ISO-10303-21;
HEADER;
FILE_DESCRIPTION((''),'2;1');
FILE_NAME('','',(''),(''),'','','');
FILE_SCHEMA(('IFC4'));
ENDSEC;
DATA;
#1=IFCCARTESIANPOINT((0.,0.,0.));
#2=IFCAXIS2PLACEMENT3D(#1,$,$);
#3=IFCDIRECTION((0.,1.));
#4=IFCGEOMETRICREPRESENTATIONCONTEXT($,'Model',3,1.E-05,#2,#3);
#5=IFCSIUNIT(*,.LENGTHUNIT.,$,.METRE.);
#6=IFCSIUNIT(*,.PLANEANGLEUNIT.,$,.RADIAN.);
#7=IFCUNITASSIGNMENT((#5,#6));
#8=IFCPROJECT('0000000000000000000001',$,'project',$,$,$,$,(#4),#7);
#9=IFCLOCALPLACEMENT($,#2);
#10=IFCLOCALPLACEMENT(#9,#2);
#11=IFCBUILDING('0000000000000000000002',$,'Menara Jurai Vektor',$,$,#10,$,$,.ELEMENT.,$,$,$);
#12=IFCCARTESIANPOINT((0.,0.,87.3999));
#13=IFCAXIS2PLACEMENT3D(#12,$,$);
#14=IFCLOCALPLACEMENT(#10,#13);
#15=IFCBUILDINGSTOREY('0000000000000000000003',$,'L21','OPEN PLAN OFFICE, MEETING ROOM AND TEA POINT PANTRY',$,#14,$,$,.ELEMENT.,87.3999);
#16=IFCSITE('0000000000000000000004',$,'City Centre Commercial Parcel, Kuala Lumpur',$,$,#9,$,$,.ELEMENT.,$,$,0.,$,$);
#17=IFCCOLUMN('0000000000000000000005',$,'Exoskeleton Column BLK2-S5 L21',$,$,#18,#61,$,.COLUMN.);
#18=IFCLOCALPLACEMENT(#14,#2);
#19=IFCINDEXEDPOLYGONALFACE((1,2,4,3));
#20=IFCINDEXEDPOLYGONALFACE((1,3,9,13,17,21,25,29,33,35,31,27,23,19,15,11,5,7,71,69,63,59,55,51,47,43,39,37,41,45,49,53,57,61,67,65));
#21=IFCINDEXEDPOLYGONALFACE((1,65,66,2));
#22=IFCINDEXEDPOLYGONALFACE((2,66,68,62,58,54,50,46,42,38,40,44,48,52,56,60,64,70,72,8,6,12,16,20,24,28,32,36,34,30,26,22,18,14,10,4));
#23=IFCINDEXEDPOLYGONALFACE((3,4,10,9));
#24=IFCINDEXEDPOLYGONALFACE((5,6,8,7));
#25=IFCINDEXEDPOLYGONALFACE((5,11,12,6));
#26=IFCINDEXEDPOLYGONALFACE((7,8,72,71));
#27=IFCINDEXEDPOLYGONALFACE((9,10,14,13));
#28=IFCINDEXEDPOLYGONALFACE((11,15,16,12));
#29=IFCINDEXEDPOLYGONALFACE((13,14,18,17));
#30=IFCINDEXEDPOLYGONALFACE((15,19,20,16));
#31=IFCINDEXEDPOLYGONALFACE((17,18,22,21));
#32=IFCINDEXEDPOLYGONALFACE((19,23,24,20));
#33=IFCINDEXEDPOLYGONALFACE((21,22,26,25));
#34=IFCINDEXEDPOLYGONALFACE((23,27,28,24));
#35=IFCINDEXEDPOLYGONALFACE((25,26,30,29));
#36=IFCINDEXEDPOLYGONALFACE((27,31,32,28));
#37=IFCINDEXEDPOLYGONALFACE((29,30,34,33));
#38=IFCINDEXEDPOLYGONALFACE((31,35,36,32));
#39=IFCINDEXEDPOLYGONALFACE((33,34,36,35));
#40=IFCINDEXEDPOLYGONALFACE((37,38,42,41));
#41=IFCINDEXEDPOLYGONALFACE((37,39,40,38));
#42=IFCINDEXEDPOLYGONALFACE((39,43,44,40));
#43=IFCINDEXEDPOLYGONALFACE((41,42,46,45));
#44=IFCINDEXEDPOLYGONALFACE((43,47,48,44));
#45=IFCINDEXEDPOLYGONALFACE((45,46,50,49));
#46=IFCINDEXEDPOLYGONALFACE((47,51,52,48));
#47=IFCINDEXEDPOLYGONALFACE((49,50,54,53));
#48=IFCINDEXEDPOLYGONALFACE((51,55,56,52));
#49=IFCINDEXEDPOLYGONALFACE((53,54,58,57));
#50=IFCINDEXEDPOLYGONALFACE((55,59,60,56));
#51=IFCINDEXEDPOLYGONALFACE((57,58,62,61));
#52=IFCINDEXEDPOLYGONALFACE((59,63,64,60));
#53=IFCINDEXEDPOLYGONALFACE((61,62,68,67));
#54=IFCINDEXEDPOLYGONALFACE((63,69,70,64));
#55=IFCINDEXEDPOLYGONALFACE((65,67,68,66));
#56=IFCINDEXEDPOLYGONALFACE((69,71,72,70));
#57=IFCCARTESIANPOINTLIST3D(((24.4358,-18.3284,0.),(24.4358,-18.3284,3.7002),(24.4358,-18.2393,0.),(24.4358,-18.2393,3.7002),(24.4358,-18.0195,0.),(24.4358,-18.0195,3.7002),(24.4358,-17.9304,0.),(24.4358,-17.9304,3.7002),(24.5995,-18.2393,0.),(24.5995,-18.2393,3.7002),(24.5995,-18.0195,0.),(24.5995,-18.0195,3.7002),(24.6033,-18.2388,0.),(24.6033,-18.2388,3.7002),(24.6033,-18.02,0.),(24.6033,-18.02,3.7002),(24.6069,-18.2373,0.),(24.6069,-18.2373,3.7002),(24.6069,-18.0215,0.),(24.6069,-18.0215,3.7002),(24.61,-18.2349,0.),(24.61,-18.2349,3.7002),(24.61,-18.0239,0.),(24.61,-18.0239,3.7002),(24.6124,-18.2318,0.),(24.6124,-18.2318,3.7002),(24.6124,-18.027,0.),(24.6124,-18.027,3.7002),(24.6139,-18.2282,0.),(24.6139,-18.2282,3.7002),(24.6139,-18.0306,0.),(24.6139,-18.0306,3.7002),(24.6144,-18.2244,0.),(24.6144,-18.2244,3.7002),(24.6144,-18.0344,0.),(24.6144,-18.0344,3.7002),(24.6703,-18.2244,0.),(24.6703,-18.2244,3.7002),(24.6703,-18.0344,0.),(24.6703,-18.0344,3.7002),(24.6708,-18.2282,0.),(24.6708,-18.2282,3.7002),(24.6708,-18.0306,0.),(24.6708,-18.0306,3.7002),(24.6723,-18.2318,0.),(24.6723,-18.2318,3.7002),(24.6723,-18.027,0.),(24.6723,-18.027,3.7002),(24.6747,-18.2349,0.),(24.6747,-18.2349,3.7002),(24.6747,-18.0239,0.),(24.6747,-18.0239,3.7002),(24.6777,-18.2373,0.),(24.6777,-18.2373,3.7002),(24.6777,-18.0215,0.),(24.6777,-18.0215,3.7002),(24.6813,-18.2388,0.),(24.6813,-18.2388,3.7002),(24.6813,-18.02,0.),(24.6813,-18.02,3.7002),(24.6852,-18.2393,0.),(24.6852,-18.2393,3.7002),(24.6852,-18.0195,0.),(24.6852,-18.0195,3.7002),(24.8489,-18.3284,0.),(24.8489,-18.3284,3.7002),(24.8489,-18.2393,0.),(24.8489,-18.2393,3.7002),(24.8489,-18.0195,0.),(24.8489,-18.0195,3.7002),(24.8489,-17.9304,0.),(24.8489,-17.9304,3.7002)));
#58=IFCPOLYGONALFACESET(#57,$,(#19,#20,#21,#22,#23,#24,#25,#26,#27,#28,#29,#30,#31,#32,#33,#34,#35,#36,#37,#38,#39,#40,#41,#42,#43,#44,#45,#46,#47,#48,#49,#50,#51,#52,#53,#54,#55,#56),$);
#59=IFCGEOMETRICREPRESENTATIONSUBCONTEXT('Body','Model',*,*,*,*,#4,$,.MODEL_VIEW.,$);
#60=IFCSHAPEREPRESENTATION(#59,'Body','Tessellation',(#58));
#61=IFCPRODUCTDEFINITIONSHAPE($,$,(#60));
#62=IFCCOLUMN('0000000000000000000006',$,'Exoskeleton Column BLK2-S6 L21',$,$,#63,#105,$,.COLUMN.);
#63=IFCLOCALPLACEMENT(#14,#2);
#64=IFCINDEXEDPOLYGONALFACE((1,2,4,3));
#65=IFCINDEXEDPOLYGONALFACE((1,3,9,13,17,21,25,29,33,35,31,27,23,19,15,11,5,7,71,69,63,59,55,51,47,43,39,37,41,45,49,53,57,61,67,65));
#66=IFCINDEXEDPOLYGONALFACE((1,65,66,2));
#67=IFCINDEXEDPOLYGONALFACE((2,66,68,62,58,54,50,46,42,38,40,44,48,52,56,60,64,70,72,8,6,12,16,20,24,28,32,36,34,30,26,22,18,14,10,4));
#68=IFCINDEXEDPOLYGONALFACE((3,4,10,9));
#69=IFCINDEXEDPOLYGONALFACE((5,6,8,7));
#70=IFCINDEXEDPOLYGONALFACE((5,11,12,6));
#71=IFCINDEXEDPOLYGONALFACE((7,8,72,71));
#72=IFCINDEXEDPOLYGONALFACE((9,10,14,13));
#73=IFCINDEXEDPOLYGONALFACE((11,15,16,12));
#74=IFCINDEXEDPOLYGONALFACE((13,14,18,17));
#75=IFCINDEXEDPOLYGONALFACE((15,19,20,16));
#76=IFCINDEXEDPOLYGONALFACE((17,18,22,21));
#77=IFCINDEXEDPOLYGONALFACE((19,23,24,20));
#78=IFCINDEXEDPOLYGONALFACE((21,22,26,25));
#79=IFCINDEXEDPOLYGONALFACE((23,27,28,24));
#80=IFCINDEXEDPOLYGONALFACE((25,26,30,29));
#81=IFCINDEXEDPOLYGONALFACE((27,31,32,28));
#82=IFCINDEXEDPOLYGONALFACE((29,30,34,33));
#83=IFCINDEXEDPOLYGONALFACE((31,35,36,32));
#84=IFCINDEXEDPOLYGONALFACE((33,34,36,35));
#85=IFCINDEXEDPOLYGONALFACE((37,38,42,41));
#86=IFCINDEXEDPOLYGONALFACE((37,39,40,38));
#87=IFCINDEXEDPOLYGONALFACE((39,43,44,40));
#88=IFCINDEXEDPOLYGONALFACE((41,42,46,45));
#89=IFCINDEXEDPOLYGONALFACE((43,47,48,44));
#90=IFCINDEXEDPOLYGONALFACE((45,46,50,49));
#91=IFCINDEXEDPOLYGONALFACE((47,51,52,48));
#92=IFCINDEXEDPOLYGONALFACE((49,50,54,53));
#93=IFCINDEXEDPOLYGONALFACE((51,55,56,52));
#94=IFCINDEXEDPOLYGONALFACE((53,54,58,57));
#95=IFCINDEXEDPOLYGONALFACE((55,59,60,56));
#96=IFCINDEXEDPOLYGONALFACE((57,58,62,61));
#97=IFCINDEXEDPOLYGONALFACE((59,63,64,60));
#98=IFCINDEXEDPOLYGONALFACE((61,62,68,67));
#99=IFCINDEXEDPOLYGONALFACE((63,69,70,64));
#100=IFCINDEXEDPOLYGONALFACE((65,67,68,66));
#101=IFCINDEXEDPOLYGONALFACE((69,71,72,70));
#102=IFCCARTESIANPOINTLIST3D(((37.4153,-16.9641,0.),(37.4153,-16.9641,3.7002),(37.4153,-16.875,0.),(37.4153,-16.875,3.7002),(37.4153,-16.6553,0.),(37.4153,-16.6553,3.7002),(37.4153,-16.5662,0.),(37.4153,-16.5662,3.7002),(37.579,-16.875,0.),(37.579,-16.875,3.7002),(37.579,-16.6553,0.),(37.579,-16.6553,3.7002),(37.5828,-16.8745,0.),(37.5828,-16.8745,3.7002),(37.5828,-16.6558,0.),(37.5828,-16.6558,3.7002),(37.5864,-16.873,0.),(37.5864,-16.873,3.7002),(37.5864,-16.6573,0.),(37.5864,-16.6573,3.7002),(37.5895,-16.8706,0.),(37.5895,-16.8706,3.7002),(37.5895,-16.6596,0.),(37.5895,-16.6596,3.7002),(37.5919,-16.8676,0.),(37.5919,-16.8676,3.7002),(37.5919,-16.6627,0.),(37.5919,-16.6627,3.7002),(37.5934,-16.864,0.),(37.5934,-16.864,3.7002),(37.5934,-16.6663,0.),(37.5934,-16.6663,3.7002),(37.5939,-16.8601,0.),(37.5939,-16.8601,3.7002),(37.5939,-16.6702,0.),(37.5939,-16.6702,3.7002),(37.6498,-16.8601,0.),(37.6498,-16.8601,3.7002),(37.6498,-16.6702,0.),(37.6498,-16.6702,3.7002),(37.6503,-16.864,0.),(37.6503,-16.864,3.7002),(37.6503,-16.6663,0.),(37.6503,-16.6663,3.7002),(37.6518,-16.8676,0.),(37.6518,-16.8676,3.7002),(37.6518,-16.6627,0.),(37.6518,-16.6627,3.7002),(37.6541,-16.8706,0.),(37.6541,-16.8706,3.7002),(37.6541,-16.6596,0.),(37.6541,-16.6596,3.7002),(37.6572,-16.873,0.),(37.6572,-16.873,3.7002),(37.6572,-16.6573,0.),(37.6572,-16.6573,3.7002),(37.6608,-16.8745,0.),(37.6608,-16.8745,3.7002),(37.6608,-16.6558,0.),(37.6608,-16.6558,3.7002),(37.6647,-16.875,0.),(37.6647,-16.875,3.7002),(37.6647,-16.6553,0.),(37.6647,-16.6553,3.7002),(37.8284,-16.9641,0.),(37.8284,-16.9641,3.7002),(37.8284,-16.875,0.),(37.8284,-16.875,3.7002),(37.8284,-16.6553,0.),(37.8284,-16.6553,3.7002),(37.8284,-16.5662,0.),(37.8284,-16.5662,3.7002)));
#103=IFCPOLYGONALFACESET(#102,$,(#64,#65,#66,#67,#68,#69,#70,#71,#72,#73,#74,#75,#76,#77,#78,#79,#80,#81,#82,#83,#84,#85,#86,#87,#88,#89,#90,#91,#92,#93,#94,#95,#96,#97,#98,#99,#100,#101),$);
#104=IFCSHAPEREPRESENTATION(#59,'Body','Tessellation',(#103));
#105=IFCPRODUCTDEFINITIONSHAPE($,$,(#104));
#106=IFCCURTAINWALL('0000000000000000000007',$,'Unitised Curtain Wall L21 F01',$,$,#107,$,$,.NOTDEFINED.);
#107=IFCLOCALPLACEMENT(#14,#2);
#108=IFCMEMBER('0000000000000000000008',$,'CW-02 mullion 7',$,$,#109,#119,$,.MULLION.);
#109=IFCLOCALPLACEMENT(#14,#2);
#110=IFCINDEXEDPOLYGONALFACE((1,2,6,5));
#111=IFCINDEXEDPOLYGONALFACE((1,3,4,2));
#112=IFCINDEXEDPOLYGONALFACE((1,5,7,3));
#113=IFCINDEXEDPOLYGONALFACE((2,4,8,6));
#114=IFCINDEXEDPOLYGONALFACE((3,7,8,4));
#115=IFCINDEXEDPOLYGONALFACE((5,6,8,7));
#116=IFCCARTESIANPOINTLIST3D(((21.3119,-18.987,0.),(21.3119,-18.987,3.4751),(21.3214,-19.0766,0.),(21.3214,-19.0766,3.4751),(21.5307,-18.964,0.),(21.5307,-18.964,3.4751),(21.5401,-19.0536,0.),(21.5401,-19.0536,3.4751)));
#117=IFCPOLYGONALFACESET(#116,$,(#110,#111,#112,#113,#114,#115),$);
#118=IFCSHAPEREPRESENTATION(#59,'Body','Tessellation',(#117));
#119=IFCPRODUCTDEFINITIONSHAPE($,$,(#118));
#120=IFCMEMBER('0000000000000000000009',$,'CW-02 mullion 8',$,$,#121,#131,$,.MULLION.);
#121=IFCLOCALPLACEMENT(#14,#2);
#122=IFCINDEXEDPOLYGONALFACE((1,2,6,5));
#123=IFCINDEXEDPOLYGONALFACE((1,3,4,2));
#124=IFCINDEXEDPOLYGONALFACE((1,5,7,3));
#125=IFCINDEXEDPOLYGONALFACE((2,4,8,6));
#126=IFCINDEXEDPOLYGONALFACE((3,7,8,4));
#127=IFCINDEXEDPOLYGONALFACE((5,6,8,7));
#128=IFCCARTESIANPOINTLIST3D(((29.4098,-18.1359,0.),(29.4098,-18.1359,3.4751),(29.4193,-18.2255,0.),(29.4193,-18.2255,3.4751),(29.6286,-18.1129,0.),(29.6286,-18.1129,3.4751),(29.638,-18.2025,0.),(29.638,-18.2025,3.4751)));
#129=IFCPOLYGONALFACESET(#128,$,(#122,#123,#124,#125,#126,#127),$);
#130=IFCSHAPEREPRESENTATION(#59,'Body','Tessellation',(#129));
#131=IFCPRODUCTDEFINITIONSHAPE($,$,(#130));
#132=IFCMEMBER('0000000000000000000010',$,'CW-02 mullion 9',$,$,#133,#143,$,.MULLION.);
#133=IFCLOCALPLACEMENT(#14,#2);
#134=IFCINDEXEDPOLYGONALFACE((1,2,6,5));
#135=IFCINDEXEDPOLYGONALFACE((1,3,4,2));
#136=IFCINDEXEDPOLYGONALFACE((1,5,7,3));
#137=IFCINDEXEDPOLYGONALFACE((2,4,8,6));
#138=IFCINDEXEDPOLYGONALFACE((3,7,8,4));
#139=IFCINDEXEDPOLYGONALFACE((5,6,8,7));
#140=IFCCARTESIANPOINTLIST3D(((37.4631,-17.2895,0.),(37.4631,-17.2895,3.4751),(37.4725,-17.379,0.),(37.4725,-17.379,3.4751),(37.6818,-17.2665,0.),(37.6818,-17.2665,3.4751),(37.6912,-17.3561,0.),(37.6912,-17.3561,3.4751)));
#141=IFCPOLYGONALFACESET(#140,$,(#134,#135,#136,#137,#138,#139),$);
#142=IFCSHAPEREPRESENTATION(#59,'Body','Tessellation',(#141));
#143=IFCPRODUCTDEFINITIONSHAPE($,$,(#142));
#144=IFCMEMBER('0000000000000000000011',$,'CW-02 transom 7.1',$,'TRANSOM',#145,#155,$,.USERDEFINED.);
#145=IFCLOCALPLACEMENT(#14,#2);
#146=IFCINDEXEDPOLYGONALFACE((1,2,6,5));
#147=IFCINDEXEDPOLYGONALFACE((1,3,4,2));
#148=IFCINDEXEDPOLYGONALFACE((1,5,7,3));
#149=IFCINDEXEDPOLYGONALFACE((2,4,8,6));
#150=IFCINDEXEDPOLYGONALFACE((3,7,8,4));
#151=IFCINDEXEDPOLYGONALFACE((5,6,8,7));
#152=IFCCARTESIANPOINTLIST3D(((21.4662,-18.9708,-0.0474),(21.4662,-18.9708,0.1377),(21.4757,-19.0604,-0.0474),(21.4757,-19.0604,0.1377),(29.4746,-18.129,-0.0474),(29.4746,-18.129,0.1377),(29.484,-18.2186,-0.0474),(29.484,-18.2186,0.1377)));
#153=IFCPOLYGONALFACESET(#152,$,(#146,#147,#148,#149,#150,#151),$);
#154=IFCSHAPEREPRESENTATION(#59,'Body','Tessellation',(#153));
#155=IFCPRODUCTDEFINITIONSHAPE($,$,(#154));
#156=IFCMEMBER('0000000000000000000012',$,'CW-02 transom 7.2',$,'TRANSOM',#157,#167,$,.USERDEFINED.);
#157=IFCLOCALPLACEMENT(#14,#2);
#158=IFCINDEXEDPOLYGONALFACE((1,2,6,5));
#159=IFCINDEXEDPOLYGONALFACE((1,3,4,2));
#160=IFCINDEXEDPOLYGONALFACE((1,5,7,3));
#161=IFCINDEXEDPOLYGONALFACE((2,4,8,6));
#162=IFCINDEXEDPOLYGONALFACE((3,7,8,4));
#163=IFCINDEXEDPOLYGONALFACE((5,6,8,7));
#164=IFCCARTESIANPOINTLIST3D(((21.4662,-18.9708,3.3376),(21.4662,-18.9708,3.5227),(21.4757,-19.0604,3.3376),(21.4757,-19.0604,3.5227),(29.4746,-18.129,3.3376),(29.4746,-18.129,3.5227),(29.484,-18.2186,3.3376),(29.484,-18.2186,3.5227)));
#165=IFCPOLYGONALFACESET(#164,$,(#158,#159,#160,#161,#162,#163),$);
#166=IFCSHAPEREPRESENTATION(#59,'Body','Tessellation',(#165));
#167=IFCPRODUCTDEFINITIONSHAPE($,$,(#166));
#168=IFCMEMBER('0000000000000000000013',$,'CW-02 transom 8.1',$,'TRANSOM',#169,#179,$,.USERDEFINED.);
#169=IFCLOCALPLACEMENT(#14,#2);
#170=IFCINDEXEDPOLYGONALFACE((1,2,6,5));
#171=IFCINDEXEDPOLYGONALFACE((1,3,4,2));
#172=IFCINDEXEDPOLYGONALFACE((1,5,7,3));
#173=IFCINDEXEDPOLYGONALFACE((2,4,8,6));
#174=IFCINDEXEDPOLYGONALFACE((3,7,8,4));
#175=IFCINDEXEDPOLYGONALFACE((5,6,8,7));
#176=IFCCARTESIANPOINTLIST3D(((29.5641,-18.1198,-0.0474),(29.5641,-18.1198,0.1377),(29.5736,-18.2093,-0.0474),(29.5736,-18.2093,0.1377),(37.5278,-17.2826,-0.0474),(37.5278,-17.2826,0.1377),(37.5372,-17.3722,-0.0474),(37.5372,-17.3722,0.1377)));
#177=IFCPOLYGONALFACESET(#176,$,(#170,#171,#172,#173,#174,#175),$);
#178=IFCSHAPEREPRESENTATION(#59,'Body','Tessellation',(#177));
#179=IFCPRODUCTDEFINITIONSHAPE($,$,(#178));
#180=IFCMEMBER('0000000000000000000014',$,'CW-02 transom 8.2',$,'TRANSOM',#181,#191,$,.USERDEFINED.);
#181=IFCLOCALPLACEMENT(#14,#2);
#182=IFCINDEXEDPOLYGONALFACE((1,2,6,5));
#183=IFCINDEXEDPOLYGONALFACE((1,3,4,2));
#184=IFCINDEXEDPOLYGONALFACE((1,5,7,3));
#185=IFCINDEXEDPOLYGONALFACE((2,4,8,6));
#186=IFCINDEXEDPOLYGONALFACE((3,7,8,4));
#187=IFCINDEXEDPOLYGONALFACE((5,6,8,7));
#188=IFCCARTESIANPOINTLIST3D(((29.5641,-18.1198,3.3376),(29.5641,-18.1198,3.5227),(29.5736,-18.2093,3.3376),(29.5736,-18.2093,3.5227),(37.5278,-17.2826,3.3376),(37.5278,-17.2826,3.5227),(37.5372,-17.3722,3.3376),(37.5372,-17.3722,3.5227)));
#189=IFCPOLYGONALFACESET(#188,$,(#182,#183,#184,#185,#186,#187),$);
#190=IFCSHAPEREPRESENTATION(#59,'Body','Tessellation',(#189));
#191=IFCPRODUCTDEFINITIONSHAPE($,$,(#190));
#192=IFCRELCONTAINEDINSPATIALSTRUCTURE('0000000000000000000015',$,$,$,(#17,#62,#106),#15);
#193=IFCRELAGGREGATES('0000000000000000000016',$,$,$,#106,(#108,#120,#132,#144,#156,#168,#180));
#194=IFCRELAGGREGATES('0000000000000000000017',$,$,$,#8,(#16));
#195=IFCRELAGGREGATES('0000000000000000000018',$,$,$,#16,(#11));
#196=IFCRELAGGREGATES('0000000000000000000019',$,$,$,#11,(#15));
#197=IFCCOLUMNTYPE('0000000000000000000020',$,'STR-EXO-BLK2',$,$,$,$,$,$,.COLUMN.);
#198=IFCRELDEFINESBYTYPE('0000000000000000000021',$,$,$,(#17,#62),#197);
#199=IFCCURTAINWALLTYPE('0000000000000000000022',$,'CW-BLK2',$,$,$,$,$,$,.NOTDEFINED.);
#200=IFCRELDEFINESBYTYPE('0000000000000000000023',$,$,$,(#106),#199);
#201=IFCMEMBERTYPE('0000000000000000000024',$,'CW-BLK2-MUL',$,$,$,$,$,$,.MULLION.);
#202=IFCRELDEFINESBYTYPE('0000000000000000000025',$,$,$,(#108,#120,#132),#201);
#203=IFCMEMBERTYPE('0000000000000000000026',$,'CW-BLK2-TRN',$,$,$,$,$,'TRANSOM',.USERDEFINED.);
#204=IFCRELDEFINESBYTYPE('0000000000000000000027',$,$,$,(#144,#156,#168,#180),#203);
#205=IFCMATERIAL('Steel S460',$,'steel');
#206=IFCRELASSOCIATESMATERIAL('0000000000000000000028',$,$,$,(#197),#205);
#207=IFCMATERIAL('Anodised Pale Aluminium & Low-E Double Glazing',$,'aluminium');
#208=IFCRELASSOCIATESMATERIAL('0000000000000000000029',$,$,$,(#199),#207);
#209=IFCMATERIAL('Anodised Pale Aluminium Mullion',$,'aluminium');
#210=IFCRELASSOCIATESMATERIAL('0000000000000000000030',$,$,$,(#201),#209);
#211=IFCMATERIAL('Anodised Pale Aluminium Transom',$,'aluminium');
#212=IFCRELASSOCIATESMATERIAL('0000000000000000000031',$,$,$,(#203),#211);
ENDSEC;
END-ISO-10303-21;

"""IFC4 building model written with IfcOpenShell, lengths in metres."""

from ifc_helpers import new_model, si_unit, direction, frame, origin, origin_2d, place, context, subcontext, project, spatial, rectangle, i_section, extrude, material, material_profile, profile_set, type_object, element, aggregate, save


model = new_model("IFC4")

# Units and contexts
model_context = context("Model", 3, precision=1e-05, world=origin(), true_north=direction((0.0, 1.0)))
body_context = subcontext(model_context, "Body", "Model", "MODEL_VIEW")
ifc_project = project(units=[si_unit("LENGTHUNIT", "METRE"), si_unit("PLANEANGLEUNIT", "RADIAN")], contexts=[model_context])

# Site, building, storey
site_placement = place(None, origin())
site = spatial("IfcSite", under=ifc_project, at=site_placement, Name="City Centre Commercial Parcel, Kuala Lumpur", CompositionType="ELEMENT", RefElevation=0.0)
building_placement = place(site_placement, origin())
building = spatial("IfcBuilding", under=site, at=building_placement, Name="Menara Jurai Vektor", CompositionType="ELEMENT")
storey_placement = place(building_placement, frame((0.0, 0.0, 87.3999)))
storey = spatial("IfcBuildingStorey", under=building, at=storey_placement, Name="L21", Description="OPEN PLAN OFFICE, MEETING ROOM AND TEA POINT PANTRY", CompositionType="ELEMENT", Elevation=87.3999)

# Columns
ifc_material_1 = material(Name="Steel S460", Category="steel")
ifc_material_profile_1 = material_profile(ifc_material_1, i_section(OverallWidth=0.4131, OverallDepth=0.3979, WebThickness=0.0559, FlangeThickness=0.0891, FilletRadius=0.0149, at=origin_2d()), Name="HD 400x744")
ifc_profile_set_1 = profile_set([ifc_material_profile_1], Name="Steel S460")
column_type = type_object("IfcColumnType", Name="STR-EXO-BLK2", PredefinedType="COLUMN", material=ifc_profile_set_1)
for number, where, z_axis, x_axis, name in (
    (1, (24.6423, -18.1294, 0.0), (0.0, 0.0, 1.0), (1.0, 0.0, 0.0), "Exoskeleton Column BLK2-S5 L21"),
    (2, (37.6218, -16.7651, 0.0), (0.0, 0.0, 1.0), (1.0, 0.0, 0.0), "Exoskeleton Column BLK2-S6 L21"),
):
    element("IfcColumn", number, at=place(storey_placement, frame(where, z_axis=z_axis, x_axis=x_axis)), inside=storey, type_object=column_type, Name=name, PredefinedType="COLUMN", context=body_context, shape_type="SweptSolid", body=[
        extrude(i_section(OverallWidth=0.4131, OverallDepth=0.3979, WebThickness=0.0559, FlangeThickness=0.0891, FilletRadius=0.0149, at=origin_2d()), origin(), (0.0, 0.0, 1.0), 3.7002),
    ])

# Curtain wall, members
ifc_material_2 = material(Name="Anodised Pale Aluminium & Low-E Double Glazing", Category="aluminium")
curtain_wall_type = type_object("IfcCurtainWallType", Name="CW-BLK2", PredefinedType="NOTDEFINED", material=ifc_material_2)
curtain_wall_placement = place(storey_placement, origin())
curtain_wall = element("IfcCurtainWall", 3, at=curtain_wall_placement, inside=storey, type_object=curtain_wall_type, Name="Unitised Curtain Wall L21 F01", PredefinedType="NOTDEFINED")
ifc_material_3 = material(Name="Anodised Pale Aluminium Mullion", Category="aluminium")
ifc_material_profile_2 = material_profile(ifc_material_3, rectangle(XDim=0.0901, YDim=0.22, at=origin_2d()), Name="ALU MUL 90x220")
ifc_profile_set_2 = profile_set([ifc_material_profile_2], Name="Anodised Pale Aluminium Mullion")
member_type_1 = type_object("IfcMemberType", Name="CW-BLK2-MUL", PredefinedType="MULLION", material=ifc_profile_set_2)
member_1_placement = place(storey_placement, frame((21.426, -19.0203, 0.0), z_axis=(0.0, 0.0, 1.0), x_axis=(-0.104529, 0.994522, 0.0)))
member_1 = element("IfcMember", 4, at=member_1_placement, type_object=member_type_1, Name="CW-02 mullion 7", PredefinedType="MULLION", context=body_context, shape_type="SweptSolid", body=[
    extrude(rectangle(XDim=0.0901, YDim=0.22, at=origin_2d()), origin(), (0.0, 0.0, 1.0), 3.4751),
])
member_2_placement = place(storey_placement, frame((29.5239, -18.1692, 0.0), z_axis=(0.0, 0.0, 1.0), x_axis=(-0.104529, 0.994522, 0.0)))
member_2 = element("IfcMember", 5, at=member_2_placement, type_object=member_type_1, Name="CW-02 mullion 8", PredefinedType="MULLION", context=body_context, shape_type="SweptSolid", body=[
    extrude(rectangle(XDim=0.0901, YDim=0.22, at=origin_2d()), origin(), (0.0, 0.0, 1.0), 3.4751),
])
member_3_placement = place(storey_placement, frame((37.5771, -17.3228, 0.0), z_axis=(0.0, 0.0, 1.0), x_axis=(-0.104529, 0.994522, 0.0)))
member_3 = element("IfcMember", 6, at=member_3_placement, type_object=member_type_1, Name="CW-02 mullion 9", PredefinedType="MULLION", context=body_context, shape_type="SweptSolid", body=[
    extrude(rectangle(XDim=0.0901, YDim=0.22, at=origin_2d()), origin(), (0.0, 0.0, 1.0), 3.4751),
])
ifc_material_4 = material(Name="Anodised Pale Aluminium Transom", Category="aluminium")
ifc_material_profile_3 = material_profile(ifc_material_4, rectangle(XDim=0.0901, YDim=0.1851, at=origin_2d()), Name="ALU TRN 90x185")
ifc_profile_set_3 = profile_set([ifc_material_profile_3], Name="Anodised Pale Aluminium Transom")
member_type_2 = type_object("IfcMemberType", Name="CW-BLK2-TRN", ElementType="TRANSOM", PredefinedType="USERDEFINED", material=ifc_profile_set_3)
member_4_placement = place(storey_placement, frame((21.4709, -19.0156, 0.0452), z_axis=(0.994521, 0.10454, 0.0), x_axis=(-0.10454, 0.994521, 0.0)))
member_4 = element("IfcMember", 7, at=member_4_placement, type_object=member_type_2, Name="CW-02 transom 7.1", ObjectType="TRANSOM", PredefinedType="USERDEFINED", context=body_context, shape_type="SweptSolid", body=[
    extrude(rectangle(XDim=0.0901, YDim=0.1851, at=origin_2d()), origin(), (0.0, 0.0, 1.0), 8.0525),
])
member_5_placement = place(storey_placement, frame((21.4709, -19.0156, 3.4302), z_axis=(0.994521, 0.10454, 0.0), x_axis=(-0.10454, 0.994521, 0.0)))
member_5 = element("IfcMember", 8, at=member_5_placement, type_object=member_type_2, Name="CW-02 transom 7.2", ObjectType="TRANSOM", PredefinedType="USERDEFINED", context=body_context, shape_type="SweptSolid", body=[
    extrude(rectangle(XDim=0.0901, YDim=0.1851, at=origin_2d()), origin(), (0.0, 0.0, 1.0), 8.0525),
])
member_6_placement = place(storey_placement, frame((29.5688, -18.1646, 0.0452), z_axis=(0.99452, 0.104547, 0.0), x_axis=(-0.104547, 0.99452, 0.0)))
member_6 = element("IfcMember", 9, at=member_6_placement, type_object=member_type_2, Name="CW-02 transom 8.1", ObjectType="TRANSOM", PredefinedType="USERDEFINED", context=body_context, shape_type="SweptSolid", body=[
    extrude(rectangle(XDim=0.0901, YDim=0.1851, at=origin_2d()), origin(), (0.0, 0.0, 1.0), 8.0076),
])
member_7_placement = place(storey_placement, frame((29.5688, -18.1646, 3.4302), z_axis=(0.99452, 0.104547, 0.0), x_axis=(-0.104547, 0.99452, 0.0)))
member_7 = element("IfcMember", 10, at=member_7_placement, type_object=member_type_2, Name="CW-02 transom 8.2", ObjectType="TRANSOM", PredefinedType="USERDEFINED", context=body_context, shape_type="SweptSolid", body=[
    extrude(rectangle(XDim=0.0901, YDim=0.1851, at=origin_2d()), origin(), (0.0, 0.0, 1.0), 8.0076),
])

aggregate(curtain_wall, [member_1, member_2, member_3, member_4, member_5, member_6, member_7])

save(model, "model.ifc")
